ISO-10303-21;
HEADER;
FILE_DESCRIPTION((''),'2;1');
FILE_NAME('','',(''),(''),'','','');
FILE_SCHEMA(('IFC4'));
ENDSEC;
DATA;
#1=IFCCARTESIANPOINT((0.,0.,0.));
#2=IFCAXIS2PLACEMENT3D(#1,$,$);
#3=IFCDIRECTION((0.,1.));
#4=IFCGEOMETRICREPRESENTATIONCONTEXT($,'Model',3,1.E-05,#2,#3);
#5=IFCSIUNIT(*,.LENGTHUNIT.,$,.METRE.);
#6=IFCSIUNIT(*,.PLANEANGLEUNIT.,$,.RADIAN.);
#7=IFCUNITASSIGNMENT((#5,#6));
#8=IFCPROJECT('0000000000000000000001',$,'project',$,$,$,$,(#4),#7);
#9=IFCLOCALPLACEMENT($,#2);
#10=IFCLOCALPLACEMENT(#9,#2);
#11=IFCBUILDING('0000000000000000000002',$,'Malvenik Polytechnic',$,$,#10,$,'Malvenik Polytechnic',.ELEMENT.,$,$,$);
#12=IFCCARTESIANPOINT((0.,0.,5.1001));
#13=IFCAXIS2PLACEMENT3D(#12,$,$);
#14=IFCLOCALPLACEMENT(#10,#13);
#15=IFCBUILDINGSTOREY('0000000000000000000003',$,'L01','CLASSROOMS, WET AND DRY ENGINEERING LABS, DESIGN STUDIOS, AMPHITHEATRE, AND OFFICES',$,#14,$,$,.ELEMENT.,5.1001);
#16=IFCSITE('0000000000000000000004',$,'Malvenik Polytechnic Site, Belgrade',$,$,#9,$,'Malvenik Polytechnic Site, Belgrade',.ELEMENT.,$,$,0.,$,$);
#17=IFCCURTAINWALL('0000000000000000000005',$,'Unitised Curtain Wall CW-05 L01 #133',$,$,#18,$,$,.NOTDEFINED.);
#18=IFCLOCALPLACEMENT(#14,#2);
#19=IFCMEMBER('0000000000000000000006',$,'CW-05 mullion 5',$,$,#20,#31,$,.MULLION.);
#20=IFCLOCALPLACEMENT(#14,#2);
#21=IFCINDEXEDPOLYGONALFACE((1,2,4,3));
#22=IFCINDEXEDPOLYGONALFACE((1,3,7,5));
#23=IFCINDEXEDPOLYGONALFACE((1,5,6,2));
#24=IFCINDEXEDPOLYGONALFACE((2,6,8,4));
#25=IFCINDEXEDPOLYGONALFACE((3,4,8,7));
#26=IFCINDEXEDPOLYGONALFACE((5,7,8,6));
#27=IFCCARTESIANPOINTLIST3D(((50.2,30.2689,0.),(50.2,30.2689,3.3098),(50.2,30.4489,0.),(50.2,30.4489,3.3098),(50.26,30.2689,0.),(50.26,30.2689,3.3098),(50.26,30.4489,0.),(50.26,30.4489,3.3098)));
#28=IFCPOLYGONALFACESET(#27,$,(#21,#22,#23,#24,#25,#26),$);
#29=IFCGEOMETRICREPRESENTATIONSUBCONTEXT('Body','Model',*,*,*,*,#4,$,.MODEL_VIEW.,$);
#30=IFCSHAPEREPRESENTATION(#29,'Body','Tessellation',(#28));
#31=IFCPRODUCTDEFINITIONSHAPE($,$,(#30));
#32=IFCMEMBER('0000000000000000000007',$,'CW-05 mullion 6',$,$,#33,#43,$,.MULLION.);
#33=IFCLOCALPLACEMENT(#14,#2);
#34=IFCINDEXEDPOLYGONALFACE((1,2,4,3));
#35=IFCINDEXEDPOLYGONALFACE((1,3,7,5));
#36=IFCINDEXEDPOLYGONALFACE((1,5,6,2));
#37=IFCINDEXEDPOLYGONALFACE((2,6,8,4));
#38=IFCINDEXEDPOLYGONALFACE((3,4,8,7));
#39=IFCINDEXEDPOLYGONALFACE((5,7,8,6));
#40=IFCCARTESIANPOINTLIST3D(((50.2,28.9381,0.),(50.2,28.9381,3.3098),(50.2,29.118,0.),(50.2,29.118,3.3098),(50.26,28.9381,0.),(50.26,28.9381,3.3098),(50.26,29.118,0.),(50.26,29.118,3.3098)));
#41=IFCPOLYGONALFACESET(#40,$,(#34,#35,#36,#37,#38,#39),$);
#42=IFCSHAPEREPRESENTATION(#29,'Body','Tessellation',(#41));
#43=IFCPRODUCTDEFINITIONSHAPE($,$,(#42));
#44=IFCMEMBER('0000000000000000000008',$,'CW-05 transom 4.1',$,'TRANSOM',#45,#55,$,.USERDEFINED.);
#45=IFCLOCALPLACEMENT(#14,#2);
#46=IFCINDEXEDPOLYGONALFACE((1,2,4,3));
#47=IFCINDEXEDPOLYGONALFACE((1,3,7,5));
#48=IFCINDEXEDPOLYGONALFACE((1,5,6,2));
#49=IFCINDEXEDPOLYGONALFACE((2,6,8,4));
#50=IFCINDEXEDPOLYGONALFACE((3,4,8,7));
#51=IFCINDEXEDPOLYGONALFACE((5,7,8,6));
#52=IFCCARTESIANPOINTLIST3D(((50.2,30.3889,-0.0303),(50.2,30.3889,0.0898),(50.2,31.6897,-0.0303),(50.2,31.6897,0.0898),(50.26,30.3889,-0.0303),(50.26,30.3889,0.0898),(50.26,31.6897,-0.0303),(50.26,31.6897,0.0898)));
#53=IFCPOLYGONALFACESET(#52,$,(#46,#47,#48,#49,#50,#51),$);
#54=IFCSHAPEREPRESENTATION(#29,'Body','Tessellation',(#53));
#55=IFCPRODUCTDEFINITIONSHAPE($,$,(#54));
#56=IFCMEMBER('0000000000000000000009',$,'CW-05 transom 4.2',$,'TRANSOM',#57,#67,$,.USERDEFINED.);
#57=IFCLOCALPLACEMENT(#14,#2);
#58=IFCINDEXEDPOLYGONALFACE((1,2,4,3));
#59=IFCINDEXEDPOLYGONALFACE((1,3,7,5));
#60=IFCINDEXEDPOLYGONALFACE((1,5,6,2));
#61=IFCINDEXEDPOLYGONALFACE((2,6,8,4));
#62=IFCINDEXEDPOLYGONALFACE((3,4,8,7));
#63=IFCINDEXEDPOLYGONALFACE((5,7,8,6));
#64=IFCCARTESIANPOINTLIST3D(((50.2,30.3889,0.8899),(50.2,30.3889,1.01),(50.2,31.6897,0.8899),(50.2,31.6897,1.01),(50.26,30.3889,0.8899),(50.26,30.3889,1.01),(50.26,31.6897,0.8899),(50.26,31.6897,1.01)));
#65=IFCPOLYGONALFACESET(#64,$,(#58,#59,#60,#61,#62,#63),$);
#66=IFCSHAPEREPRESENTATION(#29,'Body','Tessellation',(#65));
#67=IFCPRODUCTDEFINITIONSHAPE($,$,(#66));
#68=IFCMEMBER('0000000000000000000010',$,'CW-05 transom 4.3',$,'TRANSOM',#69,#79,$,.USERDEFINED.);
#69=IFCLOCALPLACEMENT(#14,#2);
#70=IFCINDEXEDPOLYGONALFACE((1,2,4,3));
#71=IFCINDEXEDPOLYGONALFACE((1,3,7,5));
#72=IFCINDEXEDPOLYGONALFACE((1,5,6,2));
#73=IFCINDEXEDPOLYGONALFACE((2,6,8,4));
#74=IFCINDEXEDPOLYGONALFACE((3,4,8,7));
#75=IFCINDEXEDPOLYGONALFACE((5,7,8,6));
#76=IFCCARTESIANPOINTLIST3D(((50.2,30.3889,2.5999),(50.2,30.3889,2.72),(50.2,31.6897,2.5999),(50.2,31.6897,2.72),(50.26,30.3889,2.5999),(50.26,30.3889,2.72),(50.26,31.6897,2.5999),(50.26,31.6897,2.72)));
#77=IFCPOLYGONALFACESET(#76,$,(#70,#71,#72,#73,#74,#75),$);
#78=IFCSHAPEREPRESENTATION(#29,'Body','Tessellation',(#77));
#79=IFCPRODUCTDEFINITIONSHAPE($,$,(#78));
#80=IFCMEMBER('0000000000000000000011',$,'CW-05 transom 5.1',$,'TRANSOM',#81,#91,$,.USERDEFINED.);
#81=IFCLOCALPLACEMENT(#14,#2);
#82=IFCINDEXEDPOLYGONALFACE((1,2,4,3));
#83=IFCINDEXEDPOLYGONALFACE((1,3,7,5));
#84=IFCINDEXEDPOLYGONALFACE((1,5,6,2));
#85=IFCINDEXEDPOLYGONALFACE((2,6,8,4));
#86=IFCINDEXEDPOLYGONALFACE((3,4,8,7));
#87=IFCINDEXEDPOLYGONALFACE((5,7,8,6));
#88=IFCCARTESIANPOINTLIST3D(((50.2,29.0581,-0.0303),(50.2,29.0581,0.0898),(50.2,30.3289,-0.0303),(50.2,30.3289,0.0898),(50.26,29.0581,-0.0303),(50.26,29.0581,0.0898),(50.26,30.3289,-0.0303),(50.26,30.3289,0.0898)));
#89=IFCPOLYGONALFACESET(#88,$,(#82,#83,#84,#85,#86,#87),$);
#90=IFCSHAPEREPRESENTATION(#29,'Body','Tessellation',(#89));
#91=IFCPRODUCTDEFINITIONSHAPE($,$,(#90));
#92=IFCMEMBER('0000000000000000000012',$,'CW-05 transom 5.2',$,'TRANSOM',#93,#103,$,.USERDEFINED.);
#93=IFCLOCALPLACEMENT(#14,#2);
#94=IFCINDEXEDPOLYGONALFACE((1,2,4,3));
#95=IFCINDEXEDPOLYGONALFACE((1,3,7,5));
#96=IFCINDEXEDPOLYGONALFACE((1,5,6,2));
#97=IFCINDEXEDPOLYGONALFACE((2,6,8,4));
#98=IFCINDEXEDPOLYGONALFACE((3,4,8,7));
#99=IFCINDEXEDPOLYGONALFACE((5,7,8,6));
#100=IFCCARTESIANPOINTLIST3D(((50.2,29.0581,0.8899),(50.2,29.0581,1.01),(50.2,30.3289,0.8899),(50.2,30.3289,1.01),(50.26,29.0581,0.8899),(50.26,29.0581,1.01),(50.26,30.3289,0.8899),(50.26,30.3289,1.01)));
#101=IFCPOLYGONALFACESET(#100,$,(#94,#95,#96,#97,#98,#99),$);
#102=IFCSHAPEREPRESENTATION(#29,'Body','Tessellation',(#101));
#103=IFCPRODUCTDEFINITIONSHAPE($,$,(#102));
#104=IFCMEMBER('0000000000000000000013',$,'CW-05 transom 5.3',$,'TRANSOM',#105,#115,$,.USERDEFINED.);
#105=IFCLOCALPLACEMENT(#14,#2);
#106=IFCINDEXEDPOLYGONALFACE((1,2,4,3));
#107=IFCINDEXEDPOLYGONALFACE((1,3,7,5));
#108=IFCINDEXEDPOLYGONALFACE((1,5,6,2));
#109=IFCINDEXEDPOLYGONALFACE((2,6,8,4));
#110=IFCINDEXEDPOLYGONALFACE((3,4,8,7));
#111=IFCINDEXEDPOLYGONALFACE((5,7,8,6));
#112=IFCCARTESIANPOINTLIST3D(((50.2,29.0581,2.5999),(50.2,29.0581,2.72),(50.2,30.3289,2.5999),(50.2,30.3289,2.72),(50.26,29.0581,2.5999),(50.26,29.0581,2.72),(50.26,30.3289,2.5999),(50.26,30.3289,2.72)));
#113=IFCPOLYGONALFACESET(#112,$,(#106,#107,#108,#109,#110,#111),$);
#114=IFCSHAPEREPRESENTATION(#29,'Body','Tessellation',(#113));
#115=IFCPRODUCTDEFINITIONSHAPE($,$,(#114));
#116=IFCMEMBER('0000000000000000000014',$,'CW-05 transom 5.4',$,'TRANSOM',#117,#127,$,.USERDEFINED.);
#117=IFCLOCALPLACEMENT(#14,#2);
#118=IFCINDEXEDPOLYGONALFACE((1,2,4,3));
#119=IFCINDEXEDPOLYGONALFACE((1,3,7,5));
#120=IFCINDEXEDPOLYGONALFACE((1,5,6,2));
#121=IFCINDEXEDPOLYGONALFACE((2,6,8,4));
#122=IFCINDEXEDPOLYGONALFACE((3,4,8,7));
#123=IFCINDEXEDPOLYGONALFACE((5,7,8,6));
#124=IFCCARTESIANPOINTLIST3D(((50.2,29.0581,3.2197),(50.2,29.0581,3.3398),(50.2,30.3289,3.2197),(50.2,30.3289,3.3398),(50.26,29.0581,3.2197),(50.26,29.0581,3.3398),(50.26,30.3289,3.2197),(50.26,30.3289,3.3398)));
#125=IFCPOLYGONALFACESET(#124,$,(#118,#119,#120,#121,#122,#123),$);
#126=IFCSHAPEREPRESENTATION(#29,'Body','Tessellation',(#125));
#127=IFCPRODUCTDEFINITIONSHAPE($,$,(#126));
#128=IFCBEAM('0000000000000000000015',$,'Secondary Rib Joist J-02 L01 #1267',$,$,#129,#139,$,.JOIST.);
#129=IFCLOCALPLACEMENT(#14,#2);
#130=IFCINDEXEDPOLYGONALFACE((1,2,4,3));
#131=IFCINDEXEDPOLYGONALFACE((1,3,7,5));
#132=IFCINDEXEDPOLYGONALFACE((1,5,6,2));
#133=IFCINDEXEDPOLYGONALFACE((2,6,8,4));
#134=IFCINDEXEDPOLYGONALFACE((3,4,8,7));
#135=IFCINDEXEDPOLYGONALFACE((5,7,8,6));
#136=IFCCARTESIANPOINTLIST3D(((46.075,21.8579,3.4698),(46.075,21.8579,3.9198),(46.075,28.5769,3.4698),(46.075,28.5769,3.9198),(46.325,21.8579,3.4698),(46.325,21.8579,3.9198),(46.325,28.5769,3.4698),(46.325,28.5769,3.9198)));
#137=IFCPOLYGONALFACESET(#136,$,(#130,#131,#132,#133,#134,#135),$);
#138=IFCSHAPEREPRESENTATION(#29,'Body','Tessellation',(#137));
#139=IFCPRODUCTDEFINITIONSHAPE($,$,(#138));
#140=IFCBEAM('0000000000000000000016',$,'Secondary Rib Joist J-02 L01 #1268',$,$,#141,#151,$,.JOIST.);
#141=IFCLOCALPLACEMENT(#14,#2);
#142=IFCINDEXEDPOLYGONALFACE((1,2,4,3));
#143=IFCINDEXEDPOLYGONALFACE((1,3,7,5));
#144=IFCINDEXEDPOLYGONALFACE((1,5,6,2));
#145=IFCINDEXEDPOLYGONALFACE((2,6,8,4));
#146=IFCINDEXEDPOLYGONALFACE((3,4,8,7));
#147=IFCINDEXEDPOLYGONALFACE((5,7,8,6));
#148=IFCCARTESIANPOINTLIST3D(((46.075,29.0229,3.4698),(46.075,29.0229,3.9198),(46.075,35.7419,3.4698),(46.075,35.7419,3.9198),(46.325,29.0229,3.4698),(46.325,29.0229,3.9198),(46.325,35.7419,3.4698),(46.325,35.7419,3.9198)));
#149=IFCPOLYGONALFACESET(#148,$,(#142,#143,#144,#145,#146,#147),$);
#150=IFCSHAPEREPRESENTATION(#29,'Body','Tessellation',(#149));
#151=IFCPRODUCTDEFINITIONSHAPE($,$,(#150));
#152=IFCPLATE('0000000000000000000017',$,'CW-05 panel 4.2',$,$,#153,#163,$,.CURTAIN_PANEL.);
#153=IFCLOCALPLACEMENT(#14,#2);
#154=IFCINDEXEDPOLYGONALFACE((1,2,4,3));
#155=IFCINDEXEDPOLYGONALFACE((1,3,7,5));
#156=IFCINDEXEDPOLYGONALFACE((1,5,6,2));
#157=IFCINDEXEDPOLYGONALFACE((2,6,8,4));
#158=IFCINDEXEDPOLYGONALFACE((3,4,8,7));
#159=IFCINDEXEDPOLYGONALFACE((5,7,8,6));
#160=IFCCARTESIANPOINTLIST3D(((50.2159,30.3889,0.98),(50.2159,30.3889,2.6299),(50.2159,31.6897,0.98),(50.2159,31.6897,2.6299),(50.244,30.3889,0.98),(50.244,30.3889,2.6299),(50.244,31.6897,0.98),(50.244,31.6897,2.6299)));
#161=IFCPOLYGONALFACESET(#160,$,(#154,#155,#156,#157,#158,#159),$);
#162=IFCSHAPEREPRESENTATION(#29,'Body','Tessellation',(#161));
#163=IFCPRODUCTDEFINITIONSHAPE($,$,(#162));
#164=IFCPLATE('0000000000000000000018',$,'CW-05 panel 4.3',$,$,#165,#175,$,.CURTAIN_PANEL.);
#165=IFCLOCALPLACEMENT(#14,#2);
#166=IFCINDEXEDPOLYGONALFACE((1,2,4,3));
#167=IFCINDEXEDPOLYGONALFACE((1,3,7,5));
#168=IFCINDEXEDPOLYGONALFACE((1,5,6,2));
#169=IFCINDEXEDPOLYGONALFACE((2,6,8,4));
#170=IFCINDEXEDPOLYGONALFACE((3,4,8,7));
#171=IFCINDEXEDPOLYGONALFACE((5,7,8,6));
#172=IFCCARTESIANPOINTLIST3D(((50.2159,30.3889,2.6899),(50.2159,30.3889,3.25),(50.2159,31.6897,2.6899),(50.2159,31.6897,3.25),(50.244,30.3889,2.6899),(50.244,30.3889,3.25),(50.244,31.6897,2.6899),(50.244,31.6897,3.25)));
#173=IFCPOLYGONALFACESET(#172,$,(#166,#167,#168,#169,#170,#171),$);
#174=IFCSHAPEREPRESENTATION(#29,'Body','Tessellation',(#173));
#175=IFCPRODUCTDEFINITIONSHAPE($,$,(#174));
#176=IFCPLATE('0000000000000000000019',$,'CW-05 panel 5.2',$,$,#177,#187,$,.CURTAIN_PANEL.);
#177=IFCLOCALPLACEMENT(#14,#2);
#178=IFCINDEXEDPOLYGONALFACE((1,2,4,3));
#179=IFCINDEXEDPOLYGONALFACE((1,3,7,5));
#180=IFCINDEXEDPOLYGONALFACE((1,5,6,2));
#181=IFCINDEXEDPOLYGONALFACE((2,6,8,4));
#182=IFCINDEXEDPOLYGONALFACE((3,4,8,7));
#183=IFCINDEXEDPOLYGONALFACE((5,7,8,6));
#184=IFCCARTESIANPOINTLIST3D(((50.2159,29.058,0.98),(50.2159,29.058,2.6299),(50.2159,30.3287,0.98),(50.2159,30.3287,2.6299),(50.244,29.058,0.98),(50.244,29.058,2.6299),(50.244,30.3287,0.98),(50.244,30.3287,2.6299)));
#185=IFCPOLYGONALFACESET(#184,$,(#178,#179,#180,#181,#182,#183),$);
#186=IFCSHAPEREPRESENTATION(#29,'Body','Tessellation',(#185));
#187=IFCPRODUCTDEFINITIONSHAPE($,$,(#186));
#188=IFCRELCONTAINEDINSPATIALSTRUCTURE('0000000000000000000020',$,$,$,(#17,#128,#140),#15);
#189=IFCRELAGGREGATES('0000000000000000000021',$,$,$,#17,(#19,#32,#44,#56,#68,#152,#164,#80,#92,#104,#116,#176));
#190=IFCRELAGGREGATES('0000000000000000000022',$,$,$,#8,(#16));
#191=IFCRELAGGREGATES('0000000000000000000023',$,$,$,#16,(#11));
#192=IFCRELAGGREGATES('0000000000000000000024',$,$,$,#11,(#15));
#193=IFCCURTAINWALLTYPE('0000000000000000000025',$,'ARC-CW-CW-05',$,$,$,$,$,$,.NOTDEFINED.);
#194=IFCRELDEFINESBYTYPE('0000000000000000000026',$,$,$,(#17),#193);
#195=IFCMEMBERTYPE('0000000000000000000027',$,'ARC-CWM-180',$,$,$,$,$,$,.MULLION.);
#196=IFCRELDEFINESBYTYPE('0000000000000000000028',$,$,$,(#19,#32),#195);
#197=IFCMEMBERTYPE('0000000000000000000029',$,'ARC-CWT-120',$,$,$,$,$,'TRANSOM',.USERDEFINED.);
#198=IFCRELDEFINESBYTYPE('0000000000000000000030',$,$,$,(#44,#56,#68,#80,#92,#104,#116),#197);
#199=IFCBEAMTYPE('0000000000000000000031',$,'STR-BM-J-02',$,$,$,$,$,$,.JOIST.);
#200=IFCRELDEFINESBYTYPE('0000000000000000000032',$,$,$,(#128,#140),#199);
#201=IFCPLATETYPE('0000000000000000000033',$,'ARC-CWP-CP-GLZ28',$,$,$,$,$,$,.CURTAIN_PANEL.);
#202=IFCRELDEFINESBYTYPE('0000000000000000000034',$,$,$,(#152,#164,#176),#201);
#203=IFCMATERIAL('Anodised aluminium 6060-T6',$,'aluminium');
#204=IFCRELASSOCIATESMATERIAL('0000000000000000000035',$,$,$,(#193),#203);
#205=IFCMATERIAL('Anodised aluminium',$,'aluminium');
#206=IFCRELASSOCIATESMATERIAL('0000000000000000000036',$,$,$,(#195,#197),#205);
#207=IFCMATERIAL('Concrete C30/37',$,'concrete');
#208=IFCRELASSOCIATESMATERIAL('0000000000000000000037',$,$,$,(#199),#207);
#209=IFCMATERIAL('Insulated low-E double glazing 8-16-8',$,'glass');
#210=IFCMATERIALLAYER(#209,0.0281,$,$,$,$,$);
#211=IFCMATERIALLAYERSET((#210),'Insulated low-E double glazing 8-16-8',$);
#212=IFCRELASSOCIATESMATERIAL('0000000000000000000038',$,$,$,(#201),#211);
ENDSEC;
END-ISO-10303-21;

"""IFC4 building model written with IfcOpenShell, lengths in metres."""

from ifc_helpers import new_model, si_unit, direction, frame, origin, origin_2d, place, context, subcontext, project, spatial, rectangle, extrude, material, layer, layer_set, material_profile, profile_set, type_object, element, aggregate, save


model = new_model("IFC4")

# Units and contexts
model_context = context("Model", 3, precision=1e-05, world=origin(), true_north=direction((0.0, 1.0)))
body_context = subcontext(model_context, "Body", "Model", "MODEL_VIEW")
ifc_project = project(units=[si_unit("LENGTHUNIT", "METRE"), si_unit("PLANEANGLEUNIT", "RADIAN")], contexts=[model_context])

# Site, building, storey
site_placement = place(None, origin())
site = spatial("IfcSite", under=ifc_project, at=site_placement, Name="Malvenik Polytechnic Site, Belgrade", LongName="Malvenik Polytechnic Site, Belgrade", CompositionType="ELEMENT", RefElevation=0.0)
building_placement = place(site_placement, origin())
building = spatial("IfcBuilding", under=site, at=building_placement, Name="Malvenik Polytechnic", LongName="Malvenik Polytechnic", CompositionType="ELEMENT")
storey_placement = place(building_placement, frame((0.0, 0.0, 5.1001)))
storey = spatial("IfcBuildingStorey", under=building, at=storey_placement, Name="L01", Description="CLASSROOMS, WET AND DRY ENGINEERING LABS, DESIGN STUDIOS, AMPHITHEATRE, AND OFFICES", CompositionType="ELEMENT", Elevation=5.1001)

# Curtain wall, members
ifc_material_1 = material(Name="Anodised aluminium 6060-T6", Category="aluminium")
curtain_wall_type = type_object("IfcCurtainWallType", Name="ARC-CW-CW-05", PredefinedType="NOTDEFINED", material=ifc_material_1)
curtain_wall_placement = place(storey_placement, origin())
curtain_wall = element("IfcCurtainWall", 1, at=curtain_wall_placement, inside=storey, type_object=curtain_wall_type, Name="Unitised Curtain Wall CW-05 L01 #133", PredefinedType="NOTDEFINED")
ifc_material_2 = material(Name="Anodised aluminium", Category="aluminium")
ifc_material_profile_1 = material_profile(ifc_material_2, rectangle(XDim=0.0601, YDim=0.1799, at=origin_2d()), Name="ALU MULLION 60x180")
ifc_profile_set_1 = profile_set([ifc_material_profile_1], Name="Anodised aluminium")
member_type_1 = type_object("IfcMemberType", Name="ARC-CWM-180", PredefinedType="MULLION", material=ifc_profile_set_1)
member_1_placement = place(storey_placement, frame((50.23, 30.3589, 0.0), z_axis=(0.0, 0.0, 1.0), x_axis=(1.0, 0.0, 0.0)))
member_1 = element("IfcMember", 2, at=member_1_placement, type_object=member_type_1, Name="CW-05 mullion 5", PredefinedType="MULLION", context=body_context, shape_type="SweptSolid", body=[
    extrude(rectangle(XDim=0.0601, YDim=0.1799, at=origin_2d()), origin(), (0.0, 0.0, 1.0), 3.3098),
])
member_2_placement = place(storey_placement, frame((50.23, 29.0281, 0.0), z_axis=(0.0, 0.0, 1.0), x_axis=(1.0, 0.0, 0.0)))
member_2 = element("IfcMember", 3, at=member_2_placement, type_object=member_type_1, Name="CW-05 mullion 6", PredefinedType="MULLION", context=body_context, shape_type="SweptSolid", body=[
    extrude(rectangle(XDim=0.0601, YDim=0.1799, at=origin_2d()), origin(), (0.0, 0.0, 1.0), 3.3098),
])
ifc_material_profile_2 = material_profile(ifc_material_2, rectangle(XDim=0.0601, YDim=0.1201, at=origin_2d()), Name="ALU TRANSOM 60x120")
ifc_profile_set_2 = profile_set([ifc_material_profile_2], Name="Anodised aluminium")
member_type_2 = type_object("IfcMemberType", Name="ARC-CWT-120", ElementType="TRANSOM", PredefinedType="USERDEFINED", material=ifc_profile_set_2)
member_3_placement = place(storey_placement, frame((50.23, 31.6897, 0.0298), z_axis=(0.0, -1.0, 0.0), x_axis=(1.0, 0.0, 0.0)))
member_3 = element("IfcMember", 4, at=member_3_placement, type_object=member_type_2, Name="CW-05 transom 4.1", ObjectType="TRANSOM", PredefinedType="USERDEFINED", context=body_context, shape_type="SweptSolid", body=[
    extrude(rectangle(XDim=0.0601, YDim=0.1201, at=origin_2d()), origin(), (0.0, 0.0, 1.0), 1.3008),
])
member_4_placement = place(storey_placement, frame((50.23, 31.6897, 0.95), z_axis=(0.0, -1.0, 0.0), x_axis=(1.0, 0.0, 0.0)))
member_4 = element("IfcMember", 5, at=member_4_placement, type_object=member_type_2, Name="CW-05 transom 4.2", ObjectType="TRANSOM", PredefinedType="USERDEFINED", context=body_context, shape_type="SweptSolid", body=[
    extrude(rectangle(XDim=0.0601, YDim=0.1201, at=origin_2d()), origin(), (0.0, 0.0, 1.0), 1.3008),
])
member_5_placement = place(storey_placement, frame((50.23, 31.6897, 2.6599), z_axis=(0.0, -1.0, 0.0), x_axis=(1.0, 0.0, 0.0)))
member_5 = element("IfcMember", 6, at=member_5_placement, type_object=member_type_2, Name="CW-05 transom 4.3", ObjectType="TRANSOM", PredefinedType="USERDEFINED", context=body_context, shape_type="SweptSolid", body=[
    extrude(rectangle(XDim=0.0601, YDim=0.1201, at=origin_2d()), origin(), (0.0, 0.0, 1.0), 1.3008),
])
member_6_placement = place(storey_placement, frame((50.23, 30.3289, 0.0298), z_axis=(0.0, -1.0, 0.0), x_axis=(1.0, 0.0, 0.0)))
member_6 = element("IfcMember", 7, at=member_6_placement, type_object=member_type_2, Name="CW-05 transom 5.1", ObjectType="TRANSOM", PredefinedType="USERDEFINED", context=body_context, shape_type="SweptSolid", body=[
    extrude(rectangle(XDim=0.0601, YDim=0.1201, at=origin_2d()), origin(), (0.0, 0.0, 1.0), 1.2708),
])
member_7_placement = place(storey_placement, frame((50.23, 30.3289, 0.95), z_axis=(0.0, -1.0, 0.0), x_axis=(1.0, 0.0, 0.0)))
member_7 = element("IfcMember", 8, at=member_7_placement, type_object=member_type_2, Name="CW-05 transom 5.2", ObjectType="TRANSOM", PredefinedType="USERDEFINED", context=body_context, shape_type="SweptSolid", body=[
    extrude(rectangle(XDim=0.0601, YDim=0.1201, at=origin_2d()), origin(), (0.0, 0.0, 1.0), 1.2708),
])
member_8_placement = place(storey_placement, frame((50.23, 30.3289, 2.6599), z_axis=(0.0, -1.0, 0.0), x_axis=(1.0, 0.0, 0.0)))
member_8 = element("IfcMember", 9, at=member_8_placement, type_object=member_type_2, Name="CW-05 transom 5.3", ObjectType="TRANSOM", PredefinedType="USERDEFINED", context=body_context, shape_type="SweptSolid", body=[
    extrude(rectangle(XDim=0.0601, YDim=0.1201, at=origin_2d()), origin(), (0.0, 0.0, 1.0), 1.2708),
])
member_9_placement = place(storey_placement, frame((50.23, 30.3289, 3.2798), z_axis=(0.0, -1.0, 0.0), x_axis=(1.0, 0.0, 0.0)))
member_9 = element("IfcMember", 10, at=member_9_placement, type_object=member_type_2, Name="CW-05 transom 5.4", ObjectType="TRANSOM", PredefinedType="USERDEFINED", context=body_context, shape_type="SweptSolid", body=[
    extrude(rectangle(XDim=0.0601, YDim=0.1201, at=origin_2d()), origin(), (0.0, 0.0, 1.0), 1.2708),
])

# Beams
ifc_material_3 = material(Name="Concrete C30/37", Category="concrete")
ifc_material_profile_3 = material_profile(ifc_material_3, rectangle(XDim=0.25, YDim=0.45, at=origin_2d()), Name="RC JST 250x450")
ifc_profile_set_3 = profile_set([ifc_material_profile_3], Name="Concrete C30/37")
beam_type = type_object("IfcBeamType", Name="STR-BM-J-02", PredefinedType="JOIST", material=ifc_profile_set_3)
for number, where, z_axis, x_axis, name in (
    (11, (46.2, 21.8579, 3.6948), (0.0, 1.0, 0.0), (-1.0, 0.0, 0.0), "Secondary Rib Joist J-02 L01 #1267"),
    (12, (46.2, 29.0229, 3.6948), (0.0, 1.0, 0.0), (-1.0, 0.0, 0.0), "Secondary Rib Joist J-02 L01 #1268"),
):
    element("IfcBeam", number, at=place(storey_placement, frame(where, z_axis=z_axis, x_axis=x_axis)), inside=storey, type_object=beam_type, Name=name, PredefinedType="JOIST", context=body_context, shape_type="SweptSolid", body=[
        extrude(rectangle(XDim=0.25, YDim=0.45, at=origin_2d()), origin(), (0.0, 0.0, 1.0), 6.719),
    ])

# Plates
ifc_material_4 = material(Name="Insulated low-E double glazing 8-16-8", Category="glass")
ifc_layer_1 = layer(ifc_material_4, 0.0281)
ifc_layer_set_1 = layer_set([ifc_layer_1], Name="Insulated low-E double glazing 8-16-8")
plate_type_1 = type_object("IfcPlateType", Name="ARC-CWP-CP-GLZ28", PredefinedType="CURTAIN_PANEL", material=ifc_layer_set_1)
plate_1_placement = place(storey_placement, frame((50.23, 31.0393, 0.98), z_axis=(0.0, 0.0, 1.0), x_axis=(0.0, -1.0, 0.0)))
plate_1 = element("IfcPlate", 13, at=plate_1_placement, type_object=plate_type_1, Name="CW-05 panel 4.2", PredefinedType="CURTAIN_PANEL", context=body_context, shape_type="SweptSolid", body=[
    extrude(rectangle(XDim=1.3008, YDim=0.0281, at=origin_2d()), origin(), (0.0, 0.0, 1.0), 1.6499),
])
plate_2_placement = place(storey_placement, frame((50.23, 31.0393, 2.6899), z_axis=(0.0, 0.0, 1.0), x_axis=(0.0, -1.0, 0.0)))
plate_2 = element("IfcPlate", 14, at=plate_2_placement, type_object=plate_type_1, Name="CW-05 panel 4.3", PredefinedType="CURTAIN_PANEL", context=body_context, shape_type="SweptSolid", body=[
    extrude(rectangle(XDim=1.3008, YDim=0.0281, at=origin_2d()), origin(), (0.0, 0.0, 1.0), 0.5601),
])
plate_3_placement = place(storey_placement, frame((50.23, 29.6934, 0.98), z_axis=(0.0, 0.0, 1.0), x_axis=(0.0, -1.0, 0.0)))
plate_3 = element("IfcPlate", 15, at=plate_3_placement, type_object=plate_type_1, Name="CW-05 panel 5.2", PredefinedType="CURTAIN_PANEL", context=body_context, shape_type="SweptSolid", body=[
    extrude(rectangle(XDim=1.2708, YDim=0.0281, at=origin_2d()), origin(), (0.0, 0.0, 1.0), 1.6499),
])
aggregate(curtain_wall, [member_1, member_2, member_3, member_4, member_5, plate_1, plate_2, member_6, member_7, member_8, member_9, plate_3])

save(model, "model.ifc")
